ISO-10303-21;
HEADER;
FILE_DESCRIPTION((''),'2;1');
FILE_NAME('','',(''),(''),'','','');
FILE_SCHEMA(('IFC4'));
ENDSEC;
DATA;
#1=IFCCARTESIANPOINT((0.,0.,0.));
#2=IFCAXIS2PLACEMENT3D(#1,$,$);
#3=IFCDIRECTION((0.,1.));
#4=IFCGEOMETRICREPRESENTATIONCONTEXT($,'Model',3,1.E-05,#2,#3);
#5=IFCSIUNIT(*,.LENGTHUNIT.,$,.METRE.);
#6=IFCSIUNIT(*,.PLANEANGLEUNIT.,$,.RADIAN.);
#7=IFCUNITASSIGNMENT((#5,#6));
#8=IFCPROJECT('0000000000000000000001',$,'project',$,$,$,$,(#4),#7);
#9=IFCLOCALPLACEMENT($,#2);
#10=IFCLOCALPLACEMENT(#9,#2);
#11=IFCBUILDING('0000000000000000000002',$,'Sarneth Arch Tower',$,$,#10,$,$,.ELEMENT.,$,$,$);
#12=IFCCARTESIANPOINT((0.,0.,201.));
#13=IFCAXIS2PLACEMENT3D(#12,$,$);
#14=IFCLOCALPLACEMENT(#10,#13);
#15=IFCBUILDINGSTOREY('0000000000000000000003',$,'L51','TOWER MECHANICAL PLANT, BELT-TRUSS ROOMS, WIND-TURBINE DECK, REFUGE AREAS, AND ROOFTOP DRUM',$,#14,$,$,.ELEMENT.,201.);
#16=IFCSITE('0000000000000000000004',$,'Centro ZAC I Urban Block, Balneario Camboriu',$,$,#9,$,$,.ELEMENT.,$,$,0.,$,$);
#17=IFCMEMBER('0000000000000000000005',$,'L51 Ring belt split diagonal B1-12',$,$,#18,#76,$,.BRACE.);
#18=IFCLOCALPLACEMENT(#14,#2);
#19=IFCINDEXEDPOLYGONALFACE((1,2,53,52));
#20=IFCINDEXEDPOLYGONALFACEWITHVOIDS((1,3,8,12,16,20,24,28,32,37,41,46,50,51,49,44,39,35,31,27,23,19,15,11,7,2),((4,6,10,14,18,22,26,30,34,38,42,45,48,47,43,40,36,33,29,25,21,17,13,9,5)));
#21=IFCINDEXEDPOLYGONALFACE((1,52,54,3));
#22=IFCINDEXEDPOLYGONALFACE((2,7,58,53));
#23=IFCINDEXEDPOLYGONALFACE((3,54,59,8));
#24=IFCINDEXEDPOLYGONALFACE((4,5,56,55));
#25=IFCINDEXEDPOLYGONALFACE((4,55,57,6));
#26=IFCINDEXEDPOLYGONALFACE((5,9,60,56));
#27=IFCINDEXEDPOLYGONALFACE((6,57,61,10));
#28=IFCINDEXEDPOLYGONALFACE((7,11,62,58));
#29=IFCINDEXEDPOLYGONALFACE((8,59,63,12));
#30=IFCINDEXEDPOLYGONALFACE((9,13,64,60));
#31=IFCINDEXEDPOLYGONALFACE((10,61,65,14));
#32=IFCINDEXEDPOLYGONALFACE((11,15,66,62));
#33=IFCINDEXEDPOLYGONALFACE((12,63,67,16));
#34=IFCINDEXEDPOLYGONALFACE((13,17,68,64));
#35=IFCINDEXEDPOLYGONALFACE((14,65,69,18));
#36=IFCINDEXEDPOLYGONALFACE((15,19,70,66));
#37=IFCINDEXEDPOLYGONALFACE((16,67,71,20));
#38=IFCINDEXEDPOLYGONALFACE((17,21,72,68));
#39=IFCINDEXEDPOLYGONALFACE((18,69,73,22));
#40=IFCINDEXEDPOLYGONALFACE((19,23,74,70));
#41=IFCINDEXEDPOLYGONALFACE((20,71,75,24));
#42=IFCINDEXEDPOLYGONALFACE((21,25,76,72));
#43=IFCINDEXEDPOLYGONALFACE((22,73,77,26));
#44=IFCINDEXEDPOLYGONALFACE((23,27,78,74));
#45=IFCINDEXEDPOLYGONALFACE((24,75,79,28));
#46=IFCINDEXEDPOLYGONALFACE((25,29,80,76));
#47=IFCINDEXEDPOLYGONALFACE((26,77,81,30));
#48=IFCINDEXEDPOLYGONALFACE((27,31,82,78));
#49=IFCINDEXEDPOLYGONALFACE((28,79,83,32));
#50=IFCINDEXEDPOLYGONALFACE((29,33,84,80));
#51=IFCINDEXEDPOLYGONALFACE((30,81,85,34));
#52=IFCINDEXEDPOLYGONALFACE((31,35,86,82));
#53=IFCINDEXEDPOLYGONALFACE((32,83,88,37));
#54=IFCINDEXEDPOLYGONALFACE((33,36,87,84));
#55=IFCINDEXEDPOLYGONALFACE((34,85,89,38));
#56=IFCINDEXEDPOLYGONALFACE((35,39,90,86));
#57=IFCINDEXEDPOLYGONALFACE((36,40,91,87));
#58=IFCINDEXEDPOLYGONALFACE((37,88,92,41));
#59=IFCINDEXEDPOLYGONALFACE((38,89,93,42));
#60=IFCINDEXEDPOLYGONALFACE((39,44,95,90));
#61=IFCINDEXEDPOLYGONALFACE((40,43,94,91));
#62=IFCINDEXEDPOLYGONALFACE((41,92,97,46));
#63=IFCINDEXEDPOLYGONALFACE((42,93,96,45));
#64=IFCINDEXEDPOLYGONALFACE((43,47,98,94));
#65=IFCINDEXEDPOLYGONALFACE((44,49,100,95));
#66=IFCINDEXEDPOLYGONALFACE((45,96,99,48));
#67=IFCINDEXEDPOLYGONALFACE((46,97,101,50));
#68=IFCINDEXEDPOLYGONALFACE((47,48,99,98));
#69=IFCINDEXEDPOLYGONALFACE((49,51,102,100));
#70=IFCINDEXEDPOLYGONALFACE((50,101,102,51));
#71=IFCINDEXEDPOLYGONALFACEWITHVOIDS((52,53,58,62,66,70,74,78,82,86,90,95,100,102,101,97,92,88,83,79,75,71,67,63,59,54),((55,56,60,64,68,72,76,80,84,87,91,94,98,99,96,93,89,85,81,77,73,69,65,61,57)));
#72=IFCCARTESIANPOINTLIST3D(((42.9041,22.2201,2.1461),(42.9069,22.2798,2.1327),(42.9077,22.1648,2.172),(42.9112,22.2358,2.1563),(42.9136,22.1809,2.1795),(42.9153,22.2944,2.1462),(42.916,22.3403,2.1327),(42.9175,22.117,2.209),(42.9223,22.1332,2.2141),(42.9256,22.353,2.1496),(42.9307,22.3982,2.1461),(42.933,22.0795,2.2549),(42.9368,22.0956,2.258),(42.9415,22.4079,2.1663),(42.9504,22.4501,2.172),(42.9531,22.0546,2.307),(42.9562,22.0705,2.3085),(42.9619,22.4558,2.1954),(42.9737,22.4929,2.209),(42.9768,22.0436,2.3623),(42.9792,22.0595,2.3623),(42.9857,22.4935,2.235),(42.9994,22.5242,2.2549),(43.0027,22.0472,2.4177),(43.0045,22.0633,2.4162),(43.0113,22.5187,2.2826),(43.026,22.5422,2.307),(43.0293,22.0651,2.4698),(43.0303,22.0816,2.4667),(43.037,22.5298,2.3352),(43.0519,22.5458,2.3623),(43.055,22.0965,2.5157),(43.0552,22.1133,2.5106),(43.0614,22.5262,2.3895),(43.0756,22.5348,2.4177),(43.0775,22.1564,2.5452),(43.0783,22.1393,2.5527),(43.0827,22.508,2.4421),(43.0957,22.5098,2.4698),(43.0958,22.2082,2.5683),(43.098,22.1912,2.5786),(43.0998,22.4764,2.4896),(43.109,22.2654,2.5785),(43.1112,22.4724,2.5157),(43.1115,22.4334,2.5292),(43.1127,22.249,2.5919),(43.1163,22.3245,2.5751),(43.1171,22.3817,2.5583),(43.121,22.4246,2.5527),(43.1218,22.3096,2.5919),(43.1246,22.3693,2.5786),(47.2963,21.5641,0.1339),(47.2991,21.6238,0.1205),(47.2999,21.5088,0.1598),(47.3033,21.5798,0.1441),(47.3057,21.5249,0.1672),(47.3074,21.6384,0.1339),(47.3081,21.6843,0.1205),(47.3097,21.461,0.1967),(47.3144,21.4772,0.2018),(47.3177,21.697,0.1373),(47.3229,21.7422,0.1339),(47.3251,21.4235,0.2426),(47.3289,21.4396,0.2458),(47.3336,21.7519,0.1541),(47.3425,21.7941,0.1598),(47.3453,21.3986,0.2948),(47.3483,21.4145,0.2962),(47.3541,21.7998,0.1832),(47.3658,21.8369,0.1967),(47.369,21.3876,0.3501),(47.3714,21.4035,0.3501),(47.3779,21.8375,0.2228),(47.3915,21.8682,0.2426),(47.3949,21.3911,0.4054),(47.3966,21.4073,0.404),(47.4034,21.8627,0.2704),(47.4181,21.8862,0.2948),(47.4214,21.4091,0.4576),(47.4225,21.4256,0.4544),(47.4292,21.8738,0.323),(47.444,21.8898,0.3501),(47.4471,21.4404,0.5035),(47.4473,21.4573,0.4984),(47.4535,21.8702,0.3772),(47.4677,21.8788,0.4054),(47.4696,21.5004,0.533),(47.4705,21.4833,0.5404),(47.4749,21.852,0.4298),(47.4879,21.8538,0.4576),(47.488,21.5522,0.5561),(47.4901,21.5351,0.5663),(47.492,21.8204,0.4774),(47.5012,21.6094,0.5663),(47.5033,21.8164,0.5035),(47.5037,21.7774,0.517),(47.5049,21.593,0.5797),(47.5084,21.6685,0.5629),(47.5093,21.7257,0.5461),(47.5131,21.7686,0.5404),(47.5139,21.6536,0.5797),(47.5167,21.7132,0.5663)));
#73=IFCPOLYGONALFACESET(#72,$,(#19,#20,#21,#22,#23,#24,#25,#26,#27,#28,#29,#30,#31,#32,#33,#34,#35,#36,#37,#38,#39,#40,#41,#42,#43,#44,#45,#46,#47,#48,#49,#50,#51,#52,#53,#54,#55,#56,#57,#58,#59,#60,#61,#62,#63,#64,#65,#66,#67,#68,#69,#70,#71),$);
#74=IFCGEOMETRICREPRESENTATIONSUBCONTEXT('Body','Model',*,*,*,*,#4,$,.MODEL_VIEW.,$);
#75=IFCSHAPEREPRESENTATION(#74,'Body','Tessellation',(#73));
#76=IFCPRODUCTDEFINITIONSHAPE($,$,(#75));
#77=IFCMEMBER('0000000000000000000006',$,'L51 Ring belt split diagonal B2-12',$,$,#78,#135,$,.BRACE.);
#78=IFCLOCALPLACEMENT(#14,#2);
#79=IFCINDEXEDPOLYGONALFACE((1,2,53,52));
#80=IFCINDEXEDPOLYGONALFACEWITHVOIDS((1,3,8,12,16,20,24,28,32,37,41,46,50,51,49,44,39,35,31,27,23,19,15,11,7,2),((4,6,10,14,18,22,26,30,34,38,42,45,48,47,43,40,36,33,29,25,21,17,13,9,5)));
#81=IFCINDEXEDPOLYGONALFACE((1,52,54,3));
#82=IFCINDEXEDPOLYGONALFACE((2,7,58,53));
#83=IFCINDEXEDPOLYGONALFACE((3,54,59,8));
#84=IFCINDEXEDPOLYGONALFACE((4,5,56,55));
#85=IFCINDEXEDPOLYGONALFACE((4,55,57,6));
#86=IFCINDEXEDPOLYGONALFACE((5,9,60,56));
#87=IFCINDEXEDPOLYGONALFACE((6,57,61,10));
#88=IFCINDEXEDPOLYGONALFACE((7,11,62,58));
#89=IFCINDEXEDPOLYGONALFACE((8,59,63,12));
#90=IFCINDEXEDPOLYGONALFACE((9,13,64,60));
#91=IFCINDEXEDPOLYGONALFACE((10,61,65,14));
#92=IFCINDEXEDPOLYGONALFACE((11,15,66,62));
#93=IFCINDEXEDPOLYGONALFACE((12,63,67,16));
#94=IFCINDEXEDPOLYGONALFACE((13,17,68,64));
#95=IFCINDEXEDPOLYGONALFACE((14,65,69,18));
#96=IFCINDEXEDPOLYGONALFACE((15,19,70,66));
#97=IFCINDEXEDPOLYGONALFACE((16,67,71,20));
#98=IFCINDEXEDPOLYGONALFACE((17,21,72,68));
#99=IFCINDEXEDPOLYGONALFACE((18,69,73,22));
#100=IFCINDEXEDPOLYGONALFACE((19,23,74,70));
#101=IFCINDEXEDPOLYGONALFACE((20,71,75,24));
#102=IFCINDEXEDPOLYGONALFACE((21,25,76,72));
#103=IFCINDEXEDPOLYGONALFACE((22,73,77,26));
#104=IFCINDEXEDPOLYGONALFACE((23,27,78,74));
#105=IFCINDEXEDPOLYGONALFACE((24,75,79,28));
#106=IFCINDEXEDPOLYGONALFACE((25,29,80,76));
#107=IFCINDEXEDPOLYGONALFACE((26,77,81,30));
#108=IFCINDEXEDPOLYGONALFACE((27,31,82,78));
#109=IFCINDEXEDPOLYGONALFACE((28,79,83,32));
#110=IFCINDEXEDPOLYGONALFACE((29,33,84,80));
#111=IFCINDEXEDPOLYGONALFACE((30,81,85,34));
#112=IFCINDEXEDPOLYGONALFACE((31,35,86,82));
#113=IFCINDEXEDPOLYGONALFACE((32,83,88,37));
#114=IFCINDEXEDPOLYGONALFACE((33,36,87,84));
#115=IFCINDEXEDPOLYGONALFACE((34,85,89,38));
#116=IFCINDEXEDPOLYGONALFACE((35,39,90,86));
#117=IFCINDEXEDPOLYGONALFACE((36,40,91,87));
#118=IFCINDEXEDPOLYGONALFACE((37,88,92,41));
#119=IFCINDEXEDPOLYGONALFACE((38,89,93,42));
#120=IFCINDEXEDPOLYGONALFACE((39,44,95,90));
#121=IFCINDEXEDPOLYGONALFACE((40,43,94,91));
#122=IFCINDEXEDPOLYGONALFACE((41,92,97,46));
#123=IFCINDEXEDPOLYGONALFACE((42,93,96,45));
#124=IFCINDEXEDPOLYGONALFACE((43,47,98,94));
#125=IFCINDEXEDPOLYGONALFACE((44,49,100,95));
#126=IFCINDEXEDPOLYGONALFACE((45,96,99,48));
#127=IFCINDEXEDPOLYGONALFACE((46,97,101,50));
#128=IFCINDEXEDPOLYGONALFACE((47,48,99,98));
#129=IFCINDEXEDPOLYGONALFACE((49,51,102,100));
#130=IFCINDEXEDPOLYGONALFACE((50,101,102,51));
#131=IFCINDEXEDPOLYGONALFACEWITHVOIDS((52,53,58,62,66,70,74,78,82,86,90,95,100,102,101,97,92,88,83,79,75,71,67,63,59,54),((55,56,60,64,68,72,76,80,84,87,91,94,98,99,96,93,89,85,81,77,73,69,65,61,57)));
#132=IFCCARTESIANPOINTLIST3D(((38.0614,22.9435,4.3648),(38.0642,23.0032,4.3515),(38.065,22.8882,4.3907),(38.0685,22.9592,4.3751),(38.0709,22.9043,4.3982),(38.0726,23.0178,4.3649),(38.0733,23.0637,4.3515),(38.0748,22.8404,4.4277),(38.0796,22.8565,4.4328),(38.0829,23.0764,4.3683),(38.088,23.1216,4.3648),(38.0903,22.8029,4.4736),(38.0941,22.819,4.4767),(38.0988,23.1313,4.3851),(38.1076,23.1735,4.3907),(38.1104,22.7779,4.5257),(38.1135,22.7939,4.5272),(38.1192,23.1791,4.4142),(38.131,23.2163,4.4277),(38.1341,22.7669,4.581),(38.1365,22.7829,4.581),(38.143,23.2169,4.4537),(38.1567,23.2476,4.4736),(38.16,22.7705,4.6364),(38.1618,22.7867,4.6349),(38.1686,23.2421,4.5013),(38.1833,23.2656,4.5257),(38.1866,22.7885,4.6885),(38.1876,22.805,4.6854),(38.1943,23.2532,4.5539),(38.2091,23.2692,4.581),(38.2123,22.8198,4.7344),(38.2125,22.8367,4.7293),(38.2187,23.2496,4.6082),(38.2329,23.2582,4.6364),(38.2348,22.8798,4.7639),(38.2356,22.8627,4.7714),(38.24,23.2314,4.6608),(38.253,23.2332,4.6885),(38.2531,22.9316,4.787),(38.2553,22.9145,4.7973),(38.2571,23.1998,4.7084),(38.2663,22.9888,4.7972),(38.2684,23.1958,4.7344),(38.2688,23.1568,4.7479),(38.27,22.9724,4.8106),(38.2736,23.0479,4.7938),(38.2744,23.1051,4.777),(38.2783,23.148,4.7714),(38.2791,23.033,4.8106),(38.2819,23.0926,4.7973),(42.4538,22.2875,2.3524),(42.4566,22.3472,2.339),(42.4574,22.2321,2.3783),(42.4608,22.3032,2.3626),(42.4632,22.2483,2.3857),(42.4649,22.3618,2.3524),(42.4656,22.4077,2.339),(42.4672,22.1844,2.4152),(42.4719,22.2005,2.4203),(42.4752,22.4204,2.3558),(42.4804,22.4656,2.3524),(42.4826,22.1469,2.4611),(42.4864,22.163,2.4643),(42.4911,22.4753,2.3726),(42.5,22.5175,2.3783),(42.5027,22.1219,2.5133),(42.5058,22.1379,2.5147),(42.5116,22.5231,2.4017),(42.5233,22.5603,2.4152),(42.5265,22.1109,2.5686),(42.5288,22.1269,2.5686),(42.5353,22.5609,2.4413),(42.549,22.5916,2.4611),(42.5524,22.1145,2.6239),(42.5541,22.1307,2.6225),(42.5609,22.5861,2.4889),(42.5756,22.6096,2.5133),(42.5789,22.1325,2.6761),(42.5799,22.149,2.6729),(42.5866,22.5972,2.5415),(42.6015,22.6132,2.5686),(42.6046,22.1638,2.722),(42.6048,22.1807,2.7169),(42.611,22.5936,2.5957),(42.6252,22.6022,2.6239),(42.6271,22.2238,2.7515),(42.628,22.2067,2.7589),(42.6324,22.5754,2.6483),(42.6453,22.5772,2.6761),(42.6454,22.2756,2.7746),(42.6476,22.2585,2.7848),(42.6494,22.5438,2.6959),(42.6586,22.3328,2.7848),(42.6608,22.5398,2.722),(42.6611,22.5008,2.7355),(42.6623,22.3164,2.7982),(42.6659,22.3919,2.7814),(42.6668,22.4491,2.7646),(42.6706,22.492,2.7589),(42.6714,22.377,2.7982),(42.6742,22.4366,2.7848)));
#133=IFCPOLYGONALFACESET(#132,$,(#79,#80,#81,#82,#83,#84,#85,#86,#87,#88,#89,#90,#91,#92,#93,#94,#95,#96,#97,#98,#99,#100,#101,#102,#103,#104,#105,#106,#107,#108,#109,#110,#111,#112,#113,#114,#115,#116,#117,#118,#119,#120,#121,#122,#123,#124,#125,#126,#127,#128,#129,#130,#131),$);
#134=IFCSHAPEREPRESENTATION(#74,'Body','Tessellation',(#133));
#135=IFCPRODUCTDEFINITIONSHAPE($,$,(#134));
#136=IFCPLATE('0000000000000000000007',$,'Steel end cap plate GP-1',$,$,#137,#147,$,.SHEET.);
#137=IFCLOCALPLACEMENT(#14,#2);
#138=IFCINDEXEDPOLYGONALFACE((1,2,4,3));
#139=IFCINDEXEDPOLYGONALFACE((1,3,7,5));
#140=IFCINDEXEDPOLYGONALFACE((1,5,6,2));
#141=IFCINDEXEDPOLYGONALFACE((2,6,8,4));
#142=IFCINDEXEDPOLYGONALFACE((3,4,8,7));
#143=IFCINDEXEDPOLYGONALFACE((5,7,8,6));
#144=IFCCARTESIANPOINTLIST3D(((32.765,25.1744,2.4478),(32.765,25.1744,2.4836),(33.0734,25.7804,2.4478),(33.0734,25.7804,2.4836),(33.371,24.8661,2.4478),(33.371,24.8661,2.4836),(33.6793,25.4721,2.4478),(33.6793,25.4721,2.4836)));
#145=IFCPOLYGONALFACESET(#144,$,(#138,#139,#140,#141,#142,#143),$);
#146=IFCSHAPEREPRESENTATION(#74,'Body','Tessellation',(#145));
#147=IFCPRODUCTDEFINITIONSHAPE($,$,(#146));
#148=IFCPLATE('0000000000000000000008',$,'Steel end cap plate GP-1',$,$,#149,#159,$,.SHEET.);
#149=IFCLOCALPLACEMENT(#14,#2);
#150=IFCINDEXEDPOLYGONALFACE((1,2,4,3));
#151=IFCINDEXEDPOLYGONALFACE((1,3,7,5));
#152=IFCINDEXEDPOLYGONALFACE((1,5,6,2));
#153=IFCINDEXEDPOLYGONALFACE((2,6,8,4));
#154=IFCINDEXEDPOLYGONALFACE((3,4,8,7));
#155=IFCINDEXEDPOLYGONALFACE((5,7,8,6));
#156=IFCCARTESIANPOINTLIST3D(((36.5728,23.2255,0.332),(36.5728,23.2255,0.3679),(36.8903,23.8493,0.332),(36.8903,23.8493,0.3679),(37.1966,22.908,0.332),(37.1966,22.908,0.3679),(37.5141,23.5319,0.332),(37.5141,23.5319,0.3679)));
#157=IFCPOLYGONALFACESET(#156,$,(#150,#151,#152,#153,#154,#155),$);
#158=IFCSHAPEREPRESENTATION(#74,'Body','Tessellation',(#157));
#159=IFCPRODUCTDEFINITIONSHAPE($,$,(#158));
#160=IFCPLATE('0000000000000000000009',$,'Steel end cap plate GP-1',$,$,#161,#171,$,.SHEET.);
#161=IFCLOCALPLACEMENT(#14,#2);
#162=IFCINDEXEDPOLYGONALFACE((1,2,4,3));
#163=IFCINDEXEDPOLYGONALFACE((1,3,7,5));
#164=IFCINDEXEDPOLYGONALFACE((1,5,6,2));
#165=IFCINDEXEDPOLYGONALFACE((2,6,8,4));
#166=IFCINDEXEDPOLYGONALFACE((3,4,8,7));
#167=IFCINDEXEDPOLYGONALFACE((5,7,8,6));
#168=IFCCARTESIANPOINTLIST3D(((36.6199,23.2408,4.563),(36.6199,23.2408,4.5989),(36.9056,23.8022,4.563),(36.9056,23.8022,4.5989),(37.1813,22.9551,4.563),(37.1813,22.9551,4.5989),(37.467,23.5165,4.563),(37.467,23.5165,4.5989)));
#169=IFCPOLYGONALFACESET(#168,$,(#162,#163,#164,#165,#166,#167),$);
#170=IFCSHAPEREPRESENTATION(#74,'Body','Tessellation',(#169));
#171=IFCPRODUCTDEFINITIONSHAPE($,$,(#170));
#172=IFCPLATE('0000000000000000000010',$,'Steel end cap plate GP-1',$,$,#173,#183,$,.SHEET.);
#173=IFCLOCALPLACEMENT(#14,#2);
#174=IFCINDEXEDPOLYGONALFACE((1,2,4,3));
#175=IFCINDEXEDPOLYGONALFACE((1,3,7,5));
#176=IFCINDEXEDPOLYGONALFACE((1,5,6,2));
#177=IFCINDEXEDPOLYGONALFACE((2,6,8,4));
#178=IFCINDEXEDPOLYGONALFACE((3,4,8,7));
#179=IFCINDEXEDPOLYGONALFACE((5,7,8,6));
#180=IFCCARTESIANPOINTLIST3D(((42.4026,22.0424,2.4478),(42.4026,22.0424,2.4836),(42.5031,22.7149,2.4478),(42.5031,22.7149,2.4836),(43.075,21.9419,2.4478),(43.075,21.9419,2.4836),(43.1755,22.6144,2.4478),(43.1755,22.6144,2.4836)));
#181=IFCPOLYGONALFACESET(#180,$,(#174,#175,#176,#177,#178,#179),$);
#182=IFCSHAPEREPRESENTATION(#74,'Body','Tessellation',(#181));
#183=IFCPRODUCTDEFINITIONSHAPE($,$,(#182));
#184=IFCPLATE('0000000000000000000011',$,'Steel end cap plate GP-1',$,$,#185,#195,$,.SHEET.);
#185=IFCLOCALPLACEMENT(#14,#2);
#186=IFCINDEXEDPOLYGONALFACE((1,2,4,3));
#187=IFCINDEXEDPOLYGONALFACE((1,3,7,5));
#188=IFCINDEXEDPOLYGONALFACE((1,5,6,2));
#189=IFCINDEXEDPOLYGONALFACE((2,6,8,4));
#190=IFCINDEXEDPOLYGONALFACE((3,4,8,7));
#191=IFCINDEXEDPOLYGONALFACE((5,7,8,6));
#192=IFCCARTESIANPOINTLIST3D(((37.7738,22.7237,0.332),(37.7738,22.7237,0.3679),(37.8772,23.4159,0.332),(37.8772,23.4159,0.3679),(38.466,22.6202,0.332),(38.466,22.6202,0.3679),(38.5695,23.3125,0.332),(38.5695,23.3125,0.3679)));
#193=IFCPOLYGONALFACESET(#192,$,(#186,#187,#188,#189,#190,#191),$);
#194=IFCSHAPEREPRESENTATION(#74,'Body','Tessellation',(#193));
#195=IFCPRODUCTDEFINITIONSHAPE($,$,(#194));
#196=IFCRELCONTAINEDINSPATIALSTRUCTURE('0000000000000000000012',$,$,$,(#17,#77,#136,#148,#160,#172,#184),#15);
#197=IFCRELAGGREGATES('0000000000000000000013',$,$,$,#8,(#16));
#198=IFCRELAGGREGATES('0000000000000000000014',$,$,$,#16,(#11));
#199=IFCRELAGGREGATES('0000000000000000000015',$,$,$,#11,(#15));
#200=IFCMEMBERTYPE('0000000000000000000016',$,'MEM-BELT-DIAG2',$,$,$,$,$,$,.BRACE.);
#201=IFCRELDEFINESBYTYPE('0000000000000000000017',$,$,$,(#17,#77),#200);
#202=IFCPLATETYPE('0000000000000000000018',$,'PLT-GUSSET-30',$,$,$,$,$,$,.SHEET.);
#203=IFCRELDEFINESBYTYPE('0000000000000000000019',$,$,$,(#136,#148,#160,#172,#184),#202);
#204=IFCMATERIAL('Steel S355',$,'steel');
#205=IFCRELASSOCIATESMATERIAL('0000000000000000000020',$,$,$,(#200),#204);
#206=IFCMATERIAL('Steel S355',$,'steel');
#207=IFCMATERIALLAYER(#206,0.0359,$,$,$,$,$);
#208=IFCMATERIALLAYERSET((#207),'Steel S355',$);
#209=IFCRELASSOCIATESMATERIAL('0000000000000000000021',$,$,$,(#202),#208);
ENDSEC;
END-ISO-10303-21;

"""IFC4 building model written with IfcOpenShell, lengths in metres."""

from ifc_helpers import new_model, si_unit, direction, frame, origin, origin_2d, place, context, subcontext, project, spatial, rectangle, hollow_circle, extrude, material, layer, layer_set, material_profile, profile_set, type_object, element, save


model = new_model("IFC4")

# Units and contexts
model_context = context("Model", 3, precision=1e-05, world=origin(), true_north=direction((0.0, 1.0)))
body_context = subcontext(model_context, "Body", "Model", "MODEL_VIEW")
ifc_project = project(units=[si_unit("LENGTHUNIT", "METRE"), si_unit("PLANEANGLEUNIT", "RADIAN")], contexts=[model_context])

# Site, building, storey
site_placement = place(None, origin())
site = spatial("IfcSite", under=ifc_project, at=site_placement, Name="Centro ZAC I Urban Block, Balneario Camboriu", CompositionType="ELEMENT", RefElevation=0.0)
building_placement = place(site_placement, origin())
building = spatial("IfcBuilding", under=site, at=building_placement, Name="Sarneth Arch Tower", CompositionType="ELEMENT")
storey_placement = place(building_placement, frame((0.0, 0.0, 201.0)))
storey = spatial("IfcBuildingStorey", under=building, at=storey_placement, Name="L51", Description="TOWER MECHANICAL PLANT, BELT-TRUSS ROOMS, WIND-TURBINE DECK, REFUGE AREAS, AND ROOFTOP DRUM", CompositionType="ELEMENT", Elevation=201.0)

# Members
ifc_material_1 = material(Name="Steel S355", Category="steel")
ifc_material_profile_1 = material_profile(ifc_material_1, hollow_circle(Radius=0.2539, WallThickness=0.0161, at=origin_2d()), Name="CHS508x16")
ifc_profile_set_1 = profile_set([ifc_material_profile_1], Name="Steel S355")
member_type_1 = type_object("IfcMemberType", Name="MEM-BELT-DIAG2", PredefinedType="BRACE", material=ifc_profile_set_1)
member_1_placement = place(storey_placement, frame((47.4065, 21.6387, 0.3501), z_axis=(-0.900863, 0.134554, 0.412724), x_axis=(-0.147722, -0.989029, 0.0)))
element("IfcMember", 1, at=member_1_placement, inside=storey, type_object=member_type_1, Name="L51 Ring belt split diagonal B1-12", PredefinedType="BRACE", context=body_context, shape_type="SweptSolid", body=[
    extrude(hollow_circle(Radius=0.2539, WallThickness=0.0161, at=origin_2d()), origin(), (0.0, 0.0, 1.0), 4.8755),
])
member_2_placement = place(storey_placement, frame((42.564, 22.3621, 2.5686), z_axis=(-0.900854, 0.134545, 0.412747), x_axis=(-0.147714, -0.98903, 0.0)))
element("IfcMember", 2, at=member_2_placement, inside=storey, type_object=member_type_1, Name="L51 Ring belt split diagonal B2-12", PredefinedType="BRACE", context=body_context, shape_type="SweptSolid", body=[
    extrude(hollow_circle(Radius=0.2539, WallThickness=0.0161, at=origin_2d()), origin(), (0.0, 0.0, 1.0), 4.8757),
])

# Plates
ifc_material_2 = material(Name="Steel S355", Category="steel")
ifc_layer_1 = layer(ifc_material_2, 0.0359)
ifc_layer_set_1 = layer_set([ifc_layer_1], Name="Steel S355")
plate_type_1 = type_object("IfcPlateType", Name="PLT-GUSSET-30", PredefinedType="SHEET", material=ifc_layer_set_1)
plate_1_placement = place(storey_placement, frame((33.2222, 25.3232, 2.4478), z_axis=(0.0, 0.0, 1.0), x_axis=(0.891244, -0.453524, 0.0)))
element("IfcPlate", 3, at=plate_1_placement, inside=storey, type_object=plate_type_1, Name="Steel end cap plate GP-1", PredefinedType="SHEET", context=body_context, shape_type="SweptSolid", body=[
    extrude(rectangle(XDim=0.6799, YDim=0.6799, at=origin_2d()), origin(), (0.0, 0.0, 1.0), 0.0359),
])
plate_2_placement = place(storey_placement, frame((37.0435, 23.3787, 0.332), z_axis=(0.0, 0.0, 1.0), x_axis=(0.891244, -0.453524, 0.0)))
element("IfcPlate", 4, at=plate_2_placement, inside=storey, type_object=plate_type_1, Name="Steel end cap plate GP-1", PredefinedType="SHEET", context=body_context, shape_type="SweptSolid", body=[
    extrude(rectangle(XDim=0.7, YDim=0.7, at=origin_2d()), origin(), (0.0, 0.0, 1.0), 0.0359),
])
plate_3_placement = place(storey_placement, frame((37.0435, 23.3787, 4.563), z_axis=(0.0, 0.0, 1.0), x_axis=(0.891244, -0.453524, 0.0)))
element("IfcPlate", 5, at=plate_3_placement, inside=storey, type_object=plate_type_1, Name="Steel end cap plate GP-1", PredefinedType="SHEET", context=body_context, shape_type="SweptSolid", body=[
    extrude(rectangle(XDim=0.6299, YDim=0.6299, at=origin_2d()), origin(), (0.0, 0.0, 1.0), 0.0359),
])
plate_4_placement = place(storey_placement, frame((42.7891, 22.3284, 2.4478), z_axis=(0.0, 0.0, 1.0), x_axis=(0.989016, -0.147809, 0.0)))
element("IfcPlate", 6, at=plate_4_placement, inside=storey, type_object=plate_type_1, Name="Steel end cap plate GP-1", PredefinedType="SHEET", context=body_context, shape_type="SweptSolid", body=[
    extrude(rectangle(XDim=0.6799, YDim=0.6799, at=origin_2d()), origin(), (0.0, 0.0, 1.0), 0.0359),
])
for number, where, z_axis, x_axis, name in (
    (7, (38.1716, 23.0181, 0.332), (0.0, 0.0, 1.0), (-0.989016, 0.147809, 0.0), "Steel end cap plate GP-1"),
):
    element("IfcPlate", number, at=place(storey_placement, frame(where, z_axis=z_axis, x_axis=x_axis)), inside=storey, type_object=plate_type_1, Name=name, PredefinedType="SHEET", context=body_context, shape_type="SweptSolid", body=[
        extrude(rectangle(XDim=0.7, YDim=0.7, at=origin_2d()), origin(), (0.0, 0.0, 1.0), 0.0359),
    ])

save(model, "model.ifc")
